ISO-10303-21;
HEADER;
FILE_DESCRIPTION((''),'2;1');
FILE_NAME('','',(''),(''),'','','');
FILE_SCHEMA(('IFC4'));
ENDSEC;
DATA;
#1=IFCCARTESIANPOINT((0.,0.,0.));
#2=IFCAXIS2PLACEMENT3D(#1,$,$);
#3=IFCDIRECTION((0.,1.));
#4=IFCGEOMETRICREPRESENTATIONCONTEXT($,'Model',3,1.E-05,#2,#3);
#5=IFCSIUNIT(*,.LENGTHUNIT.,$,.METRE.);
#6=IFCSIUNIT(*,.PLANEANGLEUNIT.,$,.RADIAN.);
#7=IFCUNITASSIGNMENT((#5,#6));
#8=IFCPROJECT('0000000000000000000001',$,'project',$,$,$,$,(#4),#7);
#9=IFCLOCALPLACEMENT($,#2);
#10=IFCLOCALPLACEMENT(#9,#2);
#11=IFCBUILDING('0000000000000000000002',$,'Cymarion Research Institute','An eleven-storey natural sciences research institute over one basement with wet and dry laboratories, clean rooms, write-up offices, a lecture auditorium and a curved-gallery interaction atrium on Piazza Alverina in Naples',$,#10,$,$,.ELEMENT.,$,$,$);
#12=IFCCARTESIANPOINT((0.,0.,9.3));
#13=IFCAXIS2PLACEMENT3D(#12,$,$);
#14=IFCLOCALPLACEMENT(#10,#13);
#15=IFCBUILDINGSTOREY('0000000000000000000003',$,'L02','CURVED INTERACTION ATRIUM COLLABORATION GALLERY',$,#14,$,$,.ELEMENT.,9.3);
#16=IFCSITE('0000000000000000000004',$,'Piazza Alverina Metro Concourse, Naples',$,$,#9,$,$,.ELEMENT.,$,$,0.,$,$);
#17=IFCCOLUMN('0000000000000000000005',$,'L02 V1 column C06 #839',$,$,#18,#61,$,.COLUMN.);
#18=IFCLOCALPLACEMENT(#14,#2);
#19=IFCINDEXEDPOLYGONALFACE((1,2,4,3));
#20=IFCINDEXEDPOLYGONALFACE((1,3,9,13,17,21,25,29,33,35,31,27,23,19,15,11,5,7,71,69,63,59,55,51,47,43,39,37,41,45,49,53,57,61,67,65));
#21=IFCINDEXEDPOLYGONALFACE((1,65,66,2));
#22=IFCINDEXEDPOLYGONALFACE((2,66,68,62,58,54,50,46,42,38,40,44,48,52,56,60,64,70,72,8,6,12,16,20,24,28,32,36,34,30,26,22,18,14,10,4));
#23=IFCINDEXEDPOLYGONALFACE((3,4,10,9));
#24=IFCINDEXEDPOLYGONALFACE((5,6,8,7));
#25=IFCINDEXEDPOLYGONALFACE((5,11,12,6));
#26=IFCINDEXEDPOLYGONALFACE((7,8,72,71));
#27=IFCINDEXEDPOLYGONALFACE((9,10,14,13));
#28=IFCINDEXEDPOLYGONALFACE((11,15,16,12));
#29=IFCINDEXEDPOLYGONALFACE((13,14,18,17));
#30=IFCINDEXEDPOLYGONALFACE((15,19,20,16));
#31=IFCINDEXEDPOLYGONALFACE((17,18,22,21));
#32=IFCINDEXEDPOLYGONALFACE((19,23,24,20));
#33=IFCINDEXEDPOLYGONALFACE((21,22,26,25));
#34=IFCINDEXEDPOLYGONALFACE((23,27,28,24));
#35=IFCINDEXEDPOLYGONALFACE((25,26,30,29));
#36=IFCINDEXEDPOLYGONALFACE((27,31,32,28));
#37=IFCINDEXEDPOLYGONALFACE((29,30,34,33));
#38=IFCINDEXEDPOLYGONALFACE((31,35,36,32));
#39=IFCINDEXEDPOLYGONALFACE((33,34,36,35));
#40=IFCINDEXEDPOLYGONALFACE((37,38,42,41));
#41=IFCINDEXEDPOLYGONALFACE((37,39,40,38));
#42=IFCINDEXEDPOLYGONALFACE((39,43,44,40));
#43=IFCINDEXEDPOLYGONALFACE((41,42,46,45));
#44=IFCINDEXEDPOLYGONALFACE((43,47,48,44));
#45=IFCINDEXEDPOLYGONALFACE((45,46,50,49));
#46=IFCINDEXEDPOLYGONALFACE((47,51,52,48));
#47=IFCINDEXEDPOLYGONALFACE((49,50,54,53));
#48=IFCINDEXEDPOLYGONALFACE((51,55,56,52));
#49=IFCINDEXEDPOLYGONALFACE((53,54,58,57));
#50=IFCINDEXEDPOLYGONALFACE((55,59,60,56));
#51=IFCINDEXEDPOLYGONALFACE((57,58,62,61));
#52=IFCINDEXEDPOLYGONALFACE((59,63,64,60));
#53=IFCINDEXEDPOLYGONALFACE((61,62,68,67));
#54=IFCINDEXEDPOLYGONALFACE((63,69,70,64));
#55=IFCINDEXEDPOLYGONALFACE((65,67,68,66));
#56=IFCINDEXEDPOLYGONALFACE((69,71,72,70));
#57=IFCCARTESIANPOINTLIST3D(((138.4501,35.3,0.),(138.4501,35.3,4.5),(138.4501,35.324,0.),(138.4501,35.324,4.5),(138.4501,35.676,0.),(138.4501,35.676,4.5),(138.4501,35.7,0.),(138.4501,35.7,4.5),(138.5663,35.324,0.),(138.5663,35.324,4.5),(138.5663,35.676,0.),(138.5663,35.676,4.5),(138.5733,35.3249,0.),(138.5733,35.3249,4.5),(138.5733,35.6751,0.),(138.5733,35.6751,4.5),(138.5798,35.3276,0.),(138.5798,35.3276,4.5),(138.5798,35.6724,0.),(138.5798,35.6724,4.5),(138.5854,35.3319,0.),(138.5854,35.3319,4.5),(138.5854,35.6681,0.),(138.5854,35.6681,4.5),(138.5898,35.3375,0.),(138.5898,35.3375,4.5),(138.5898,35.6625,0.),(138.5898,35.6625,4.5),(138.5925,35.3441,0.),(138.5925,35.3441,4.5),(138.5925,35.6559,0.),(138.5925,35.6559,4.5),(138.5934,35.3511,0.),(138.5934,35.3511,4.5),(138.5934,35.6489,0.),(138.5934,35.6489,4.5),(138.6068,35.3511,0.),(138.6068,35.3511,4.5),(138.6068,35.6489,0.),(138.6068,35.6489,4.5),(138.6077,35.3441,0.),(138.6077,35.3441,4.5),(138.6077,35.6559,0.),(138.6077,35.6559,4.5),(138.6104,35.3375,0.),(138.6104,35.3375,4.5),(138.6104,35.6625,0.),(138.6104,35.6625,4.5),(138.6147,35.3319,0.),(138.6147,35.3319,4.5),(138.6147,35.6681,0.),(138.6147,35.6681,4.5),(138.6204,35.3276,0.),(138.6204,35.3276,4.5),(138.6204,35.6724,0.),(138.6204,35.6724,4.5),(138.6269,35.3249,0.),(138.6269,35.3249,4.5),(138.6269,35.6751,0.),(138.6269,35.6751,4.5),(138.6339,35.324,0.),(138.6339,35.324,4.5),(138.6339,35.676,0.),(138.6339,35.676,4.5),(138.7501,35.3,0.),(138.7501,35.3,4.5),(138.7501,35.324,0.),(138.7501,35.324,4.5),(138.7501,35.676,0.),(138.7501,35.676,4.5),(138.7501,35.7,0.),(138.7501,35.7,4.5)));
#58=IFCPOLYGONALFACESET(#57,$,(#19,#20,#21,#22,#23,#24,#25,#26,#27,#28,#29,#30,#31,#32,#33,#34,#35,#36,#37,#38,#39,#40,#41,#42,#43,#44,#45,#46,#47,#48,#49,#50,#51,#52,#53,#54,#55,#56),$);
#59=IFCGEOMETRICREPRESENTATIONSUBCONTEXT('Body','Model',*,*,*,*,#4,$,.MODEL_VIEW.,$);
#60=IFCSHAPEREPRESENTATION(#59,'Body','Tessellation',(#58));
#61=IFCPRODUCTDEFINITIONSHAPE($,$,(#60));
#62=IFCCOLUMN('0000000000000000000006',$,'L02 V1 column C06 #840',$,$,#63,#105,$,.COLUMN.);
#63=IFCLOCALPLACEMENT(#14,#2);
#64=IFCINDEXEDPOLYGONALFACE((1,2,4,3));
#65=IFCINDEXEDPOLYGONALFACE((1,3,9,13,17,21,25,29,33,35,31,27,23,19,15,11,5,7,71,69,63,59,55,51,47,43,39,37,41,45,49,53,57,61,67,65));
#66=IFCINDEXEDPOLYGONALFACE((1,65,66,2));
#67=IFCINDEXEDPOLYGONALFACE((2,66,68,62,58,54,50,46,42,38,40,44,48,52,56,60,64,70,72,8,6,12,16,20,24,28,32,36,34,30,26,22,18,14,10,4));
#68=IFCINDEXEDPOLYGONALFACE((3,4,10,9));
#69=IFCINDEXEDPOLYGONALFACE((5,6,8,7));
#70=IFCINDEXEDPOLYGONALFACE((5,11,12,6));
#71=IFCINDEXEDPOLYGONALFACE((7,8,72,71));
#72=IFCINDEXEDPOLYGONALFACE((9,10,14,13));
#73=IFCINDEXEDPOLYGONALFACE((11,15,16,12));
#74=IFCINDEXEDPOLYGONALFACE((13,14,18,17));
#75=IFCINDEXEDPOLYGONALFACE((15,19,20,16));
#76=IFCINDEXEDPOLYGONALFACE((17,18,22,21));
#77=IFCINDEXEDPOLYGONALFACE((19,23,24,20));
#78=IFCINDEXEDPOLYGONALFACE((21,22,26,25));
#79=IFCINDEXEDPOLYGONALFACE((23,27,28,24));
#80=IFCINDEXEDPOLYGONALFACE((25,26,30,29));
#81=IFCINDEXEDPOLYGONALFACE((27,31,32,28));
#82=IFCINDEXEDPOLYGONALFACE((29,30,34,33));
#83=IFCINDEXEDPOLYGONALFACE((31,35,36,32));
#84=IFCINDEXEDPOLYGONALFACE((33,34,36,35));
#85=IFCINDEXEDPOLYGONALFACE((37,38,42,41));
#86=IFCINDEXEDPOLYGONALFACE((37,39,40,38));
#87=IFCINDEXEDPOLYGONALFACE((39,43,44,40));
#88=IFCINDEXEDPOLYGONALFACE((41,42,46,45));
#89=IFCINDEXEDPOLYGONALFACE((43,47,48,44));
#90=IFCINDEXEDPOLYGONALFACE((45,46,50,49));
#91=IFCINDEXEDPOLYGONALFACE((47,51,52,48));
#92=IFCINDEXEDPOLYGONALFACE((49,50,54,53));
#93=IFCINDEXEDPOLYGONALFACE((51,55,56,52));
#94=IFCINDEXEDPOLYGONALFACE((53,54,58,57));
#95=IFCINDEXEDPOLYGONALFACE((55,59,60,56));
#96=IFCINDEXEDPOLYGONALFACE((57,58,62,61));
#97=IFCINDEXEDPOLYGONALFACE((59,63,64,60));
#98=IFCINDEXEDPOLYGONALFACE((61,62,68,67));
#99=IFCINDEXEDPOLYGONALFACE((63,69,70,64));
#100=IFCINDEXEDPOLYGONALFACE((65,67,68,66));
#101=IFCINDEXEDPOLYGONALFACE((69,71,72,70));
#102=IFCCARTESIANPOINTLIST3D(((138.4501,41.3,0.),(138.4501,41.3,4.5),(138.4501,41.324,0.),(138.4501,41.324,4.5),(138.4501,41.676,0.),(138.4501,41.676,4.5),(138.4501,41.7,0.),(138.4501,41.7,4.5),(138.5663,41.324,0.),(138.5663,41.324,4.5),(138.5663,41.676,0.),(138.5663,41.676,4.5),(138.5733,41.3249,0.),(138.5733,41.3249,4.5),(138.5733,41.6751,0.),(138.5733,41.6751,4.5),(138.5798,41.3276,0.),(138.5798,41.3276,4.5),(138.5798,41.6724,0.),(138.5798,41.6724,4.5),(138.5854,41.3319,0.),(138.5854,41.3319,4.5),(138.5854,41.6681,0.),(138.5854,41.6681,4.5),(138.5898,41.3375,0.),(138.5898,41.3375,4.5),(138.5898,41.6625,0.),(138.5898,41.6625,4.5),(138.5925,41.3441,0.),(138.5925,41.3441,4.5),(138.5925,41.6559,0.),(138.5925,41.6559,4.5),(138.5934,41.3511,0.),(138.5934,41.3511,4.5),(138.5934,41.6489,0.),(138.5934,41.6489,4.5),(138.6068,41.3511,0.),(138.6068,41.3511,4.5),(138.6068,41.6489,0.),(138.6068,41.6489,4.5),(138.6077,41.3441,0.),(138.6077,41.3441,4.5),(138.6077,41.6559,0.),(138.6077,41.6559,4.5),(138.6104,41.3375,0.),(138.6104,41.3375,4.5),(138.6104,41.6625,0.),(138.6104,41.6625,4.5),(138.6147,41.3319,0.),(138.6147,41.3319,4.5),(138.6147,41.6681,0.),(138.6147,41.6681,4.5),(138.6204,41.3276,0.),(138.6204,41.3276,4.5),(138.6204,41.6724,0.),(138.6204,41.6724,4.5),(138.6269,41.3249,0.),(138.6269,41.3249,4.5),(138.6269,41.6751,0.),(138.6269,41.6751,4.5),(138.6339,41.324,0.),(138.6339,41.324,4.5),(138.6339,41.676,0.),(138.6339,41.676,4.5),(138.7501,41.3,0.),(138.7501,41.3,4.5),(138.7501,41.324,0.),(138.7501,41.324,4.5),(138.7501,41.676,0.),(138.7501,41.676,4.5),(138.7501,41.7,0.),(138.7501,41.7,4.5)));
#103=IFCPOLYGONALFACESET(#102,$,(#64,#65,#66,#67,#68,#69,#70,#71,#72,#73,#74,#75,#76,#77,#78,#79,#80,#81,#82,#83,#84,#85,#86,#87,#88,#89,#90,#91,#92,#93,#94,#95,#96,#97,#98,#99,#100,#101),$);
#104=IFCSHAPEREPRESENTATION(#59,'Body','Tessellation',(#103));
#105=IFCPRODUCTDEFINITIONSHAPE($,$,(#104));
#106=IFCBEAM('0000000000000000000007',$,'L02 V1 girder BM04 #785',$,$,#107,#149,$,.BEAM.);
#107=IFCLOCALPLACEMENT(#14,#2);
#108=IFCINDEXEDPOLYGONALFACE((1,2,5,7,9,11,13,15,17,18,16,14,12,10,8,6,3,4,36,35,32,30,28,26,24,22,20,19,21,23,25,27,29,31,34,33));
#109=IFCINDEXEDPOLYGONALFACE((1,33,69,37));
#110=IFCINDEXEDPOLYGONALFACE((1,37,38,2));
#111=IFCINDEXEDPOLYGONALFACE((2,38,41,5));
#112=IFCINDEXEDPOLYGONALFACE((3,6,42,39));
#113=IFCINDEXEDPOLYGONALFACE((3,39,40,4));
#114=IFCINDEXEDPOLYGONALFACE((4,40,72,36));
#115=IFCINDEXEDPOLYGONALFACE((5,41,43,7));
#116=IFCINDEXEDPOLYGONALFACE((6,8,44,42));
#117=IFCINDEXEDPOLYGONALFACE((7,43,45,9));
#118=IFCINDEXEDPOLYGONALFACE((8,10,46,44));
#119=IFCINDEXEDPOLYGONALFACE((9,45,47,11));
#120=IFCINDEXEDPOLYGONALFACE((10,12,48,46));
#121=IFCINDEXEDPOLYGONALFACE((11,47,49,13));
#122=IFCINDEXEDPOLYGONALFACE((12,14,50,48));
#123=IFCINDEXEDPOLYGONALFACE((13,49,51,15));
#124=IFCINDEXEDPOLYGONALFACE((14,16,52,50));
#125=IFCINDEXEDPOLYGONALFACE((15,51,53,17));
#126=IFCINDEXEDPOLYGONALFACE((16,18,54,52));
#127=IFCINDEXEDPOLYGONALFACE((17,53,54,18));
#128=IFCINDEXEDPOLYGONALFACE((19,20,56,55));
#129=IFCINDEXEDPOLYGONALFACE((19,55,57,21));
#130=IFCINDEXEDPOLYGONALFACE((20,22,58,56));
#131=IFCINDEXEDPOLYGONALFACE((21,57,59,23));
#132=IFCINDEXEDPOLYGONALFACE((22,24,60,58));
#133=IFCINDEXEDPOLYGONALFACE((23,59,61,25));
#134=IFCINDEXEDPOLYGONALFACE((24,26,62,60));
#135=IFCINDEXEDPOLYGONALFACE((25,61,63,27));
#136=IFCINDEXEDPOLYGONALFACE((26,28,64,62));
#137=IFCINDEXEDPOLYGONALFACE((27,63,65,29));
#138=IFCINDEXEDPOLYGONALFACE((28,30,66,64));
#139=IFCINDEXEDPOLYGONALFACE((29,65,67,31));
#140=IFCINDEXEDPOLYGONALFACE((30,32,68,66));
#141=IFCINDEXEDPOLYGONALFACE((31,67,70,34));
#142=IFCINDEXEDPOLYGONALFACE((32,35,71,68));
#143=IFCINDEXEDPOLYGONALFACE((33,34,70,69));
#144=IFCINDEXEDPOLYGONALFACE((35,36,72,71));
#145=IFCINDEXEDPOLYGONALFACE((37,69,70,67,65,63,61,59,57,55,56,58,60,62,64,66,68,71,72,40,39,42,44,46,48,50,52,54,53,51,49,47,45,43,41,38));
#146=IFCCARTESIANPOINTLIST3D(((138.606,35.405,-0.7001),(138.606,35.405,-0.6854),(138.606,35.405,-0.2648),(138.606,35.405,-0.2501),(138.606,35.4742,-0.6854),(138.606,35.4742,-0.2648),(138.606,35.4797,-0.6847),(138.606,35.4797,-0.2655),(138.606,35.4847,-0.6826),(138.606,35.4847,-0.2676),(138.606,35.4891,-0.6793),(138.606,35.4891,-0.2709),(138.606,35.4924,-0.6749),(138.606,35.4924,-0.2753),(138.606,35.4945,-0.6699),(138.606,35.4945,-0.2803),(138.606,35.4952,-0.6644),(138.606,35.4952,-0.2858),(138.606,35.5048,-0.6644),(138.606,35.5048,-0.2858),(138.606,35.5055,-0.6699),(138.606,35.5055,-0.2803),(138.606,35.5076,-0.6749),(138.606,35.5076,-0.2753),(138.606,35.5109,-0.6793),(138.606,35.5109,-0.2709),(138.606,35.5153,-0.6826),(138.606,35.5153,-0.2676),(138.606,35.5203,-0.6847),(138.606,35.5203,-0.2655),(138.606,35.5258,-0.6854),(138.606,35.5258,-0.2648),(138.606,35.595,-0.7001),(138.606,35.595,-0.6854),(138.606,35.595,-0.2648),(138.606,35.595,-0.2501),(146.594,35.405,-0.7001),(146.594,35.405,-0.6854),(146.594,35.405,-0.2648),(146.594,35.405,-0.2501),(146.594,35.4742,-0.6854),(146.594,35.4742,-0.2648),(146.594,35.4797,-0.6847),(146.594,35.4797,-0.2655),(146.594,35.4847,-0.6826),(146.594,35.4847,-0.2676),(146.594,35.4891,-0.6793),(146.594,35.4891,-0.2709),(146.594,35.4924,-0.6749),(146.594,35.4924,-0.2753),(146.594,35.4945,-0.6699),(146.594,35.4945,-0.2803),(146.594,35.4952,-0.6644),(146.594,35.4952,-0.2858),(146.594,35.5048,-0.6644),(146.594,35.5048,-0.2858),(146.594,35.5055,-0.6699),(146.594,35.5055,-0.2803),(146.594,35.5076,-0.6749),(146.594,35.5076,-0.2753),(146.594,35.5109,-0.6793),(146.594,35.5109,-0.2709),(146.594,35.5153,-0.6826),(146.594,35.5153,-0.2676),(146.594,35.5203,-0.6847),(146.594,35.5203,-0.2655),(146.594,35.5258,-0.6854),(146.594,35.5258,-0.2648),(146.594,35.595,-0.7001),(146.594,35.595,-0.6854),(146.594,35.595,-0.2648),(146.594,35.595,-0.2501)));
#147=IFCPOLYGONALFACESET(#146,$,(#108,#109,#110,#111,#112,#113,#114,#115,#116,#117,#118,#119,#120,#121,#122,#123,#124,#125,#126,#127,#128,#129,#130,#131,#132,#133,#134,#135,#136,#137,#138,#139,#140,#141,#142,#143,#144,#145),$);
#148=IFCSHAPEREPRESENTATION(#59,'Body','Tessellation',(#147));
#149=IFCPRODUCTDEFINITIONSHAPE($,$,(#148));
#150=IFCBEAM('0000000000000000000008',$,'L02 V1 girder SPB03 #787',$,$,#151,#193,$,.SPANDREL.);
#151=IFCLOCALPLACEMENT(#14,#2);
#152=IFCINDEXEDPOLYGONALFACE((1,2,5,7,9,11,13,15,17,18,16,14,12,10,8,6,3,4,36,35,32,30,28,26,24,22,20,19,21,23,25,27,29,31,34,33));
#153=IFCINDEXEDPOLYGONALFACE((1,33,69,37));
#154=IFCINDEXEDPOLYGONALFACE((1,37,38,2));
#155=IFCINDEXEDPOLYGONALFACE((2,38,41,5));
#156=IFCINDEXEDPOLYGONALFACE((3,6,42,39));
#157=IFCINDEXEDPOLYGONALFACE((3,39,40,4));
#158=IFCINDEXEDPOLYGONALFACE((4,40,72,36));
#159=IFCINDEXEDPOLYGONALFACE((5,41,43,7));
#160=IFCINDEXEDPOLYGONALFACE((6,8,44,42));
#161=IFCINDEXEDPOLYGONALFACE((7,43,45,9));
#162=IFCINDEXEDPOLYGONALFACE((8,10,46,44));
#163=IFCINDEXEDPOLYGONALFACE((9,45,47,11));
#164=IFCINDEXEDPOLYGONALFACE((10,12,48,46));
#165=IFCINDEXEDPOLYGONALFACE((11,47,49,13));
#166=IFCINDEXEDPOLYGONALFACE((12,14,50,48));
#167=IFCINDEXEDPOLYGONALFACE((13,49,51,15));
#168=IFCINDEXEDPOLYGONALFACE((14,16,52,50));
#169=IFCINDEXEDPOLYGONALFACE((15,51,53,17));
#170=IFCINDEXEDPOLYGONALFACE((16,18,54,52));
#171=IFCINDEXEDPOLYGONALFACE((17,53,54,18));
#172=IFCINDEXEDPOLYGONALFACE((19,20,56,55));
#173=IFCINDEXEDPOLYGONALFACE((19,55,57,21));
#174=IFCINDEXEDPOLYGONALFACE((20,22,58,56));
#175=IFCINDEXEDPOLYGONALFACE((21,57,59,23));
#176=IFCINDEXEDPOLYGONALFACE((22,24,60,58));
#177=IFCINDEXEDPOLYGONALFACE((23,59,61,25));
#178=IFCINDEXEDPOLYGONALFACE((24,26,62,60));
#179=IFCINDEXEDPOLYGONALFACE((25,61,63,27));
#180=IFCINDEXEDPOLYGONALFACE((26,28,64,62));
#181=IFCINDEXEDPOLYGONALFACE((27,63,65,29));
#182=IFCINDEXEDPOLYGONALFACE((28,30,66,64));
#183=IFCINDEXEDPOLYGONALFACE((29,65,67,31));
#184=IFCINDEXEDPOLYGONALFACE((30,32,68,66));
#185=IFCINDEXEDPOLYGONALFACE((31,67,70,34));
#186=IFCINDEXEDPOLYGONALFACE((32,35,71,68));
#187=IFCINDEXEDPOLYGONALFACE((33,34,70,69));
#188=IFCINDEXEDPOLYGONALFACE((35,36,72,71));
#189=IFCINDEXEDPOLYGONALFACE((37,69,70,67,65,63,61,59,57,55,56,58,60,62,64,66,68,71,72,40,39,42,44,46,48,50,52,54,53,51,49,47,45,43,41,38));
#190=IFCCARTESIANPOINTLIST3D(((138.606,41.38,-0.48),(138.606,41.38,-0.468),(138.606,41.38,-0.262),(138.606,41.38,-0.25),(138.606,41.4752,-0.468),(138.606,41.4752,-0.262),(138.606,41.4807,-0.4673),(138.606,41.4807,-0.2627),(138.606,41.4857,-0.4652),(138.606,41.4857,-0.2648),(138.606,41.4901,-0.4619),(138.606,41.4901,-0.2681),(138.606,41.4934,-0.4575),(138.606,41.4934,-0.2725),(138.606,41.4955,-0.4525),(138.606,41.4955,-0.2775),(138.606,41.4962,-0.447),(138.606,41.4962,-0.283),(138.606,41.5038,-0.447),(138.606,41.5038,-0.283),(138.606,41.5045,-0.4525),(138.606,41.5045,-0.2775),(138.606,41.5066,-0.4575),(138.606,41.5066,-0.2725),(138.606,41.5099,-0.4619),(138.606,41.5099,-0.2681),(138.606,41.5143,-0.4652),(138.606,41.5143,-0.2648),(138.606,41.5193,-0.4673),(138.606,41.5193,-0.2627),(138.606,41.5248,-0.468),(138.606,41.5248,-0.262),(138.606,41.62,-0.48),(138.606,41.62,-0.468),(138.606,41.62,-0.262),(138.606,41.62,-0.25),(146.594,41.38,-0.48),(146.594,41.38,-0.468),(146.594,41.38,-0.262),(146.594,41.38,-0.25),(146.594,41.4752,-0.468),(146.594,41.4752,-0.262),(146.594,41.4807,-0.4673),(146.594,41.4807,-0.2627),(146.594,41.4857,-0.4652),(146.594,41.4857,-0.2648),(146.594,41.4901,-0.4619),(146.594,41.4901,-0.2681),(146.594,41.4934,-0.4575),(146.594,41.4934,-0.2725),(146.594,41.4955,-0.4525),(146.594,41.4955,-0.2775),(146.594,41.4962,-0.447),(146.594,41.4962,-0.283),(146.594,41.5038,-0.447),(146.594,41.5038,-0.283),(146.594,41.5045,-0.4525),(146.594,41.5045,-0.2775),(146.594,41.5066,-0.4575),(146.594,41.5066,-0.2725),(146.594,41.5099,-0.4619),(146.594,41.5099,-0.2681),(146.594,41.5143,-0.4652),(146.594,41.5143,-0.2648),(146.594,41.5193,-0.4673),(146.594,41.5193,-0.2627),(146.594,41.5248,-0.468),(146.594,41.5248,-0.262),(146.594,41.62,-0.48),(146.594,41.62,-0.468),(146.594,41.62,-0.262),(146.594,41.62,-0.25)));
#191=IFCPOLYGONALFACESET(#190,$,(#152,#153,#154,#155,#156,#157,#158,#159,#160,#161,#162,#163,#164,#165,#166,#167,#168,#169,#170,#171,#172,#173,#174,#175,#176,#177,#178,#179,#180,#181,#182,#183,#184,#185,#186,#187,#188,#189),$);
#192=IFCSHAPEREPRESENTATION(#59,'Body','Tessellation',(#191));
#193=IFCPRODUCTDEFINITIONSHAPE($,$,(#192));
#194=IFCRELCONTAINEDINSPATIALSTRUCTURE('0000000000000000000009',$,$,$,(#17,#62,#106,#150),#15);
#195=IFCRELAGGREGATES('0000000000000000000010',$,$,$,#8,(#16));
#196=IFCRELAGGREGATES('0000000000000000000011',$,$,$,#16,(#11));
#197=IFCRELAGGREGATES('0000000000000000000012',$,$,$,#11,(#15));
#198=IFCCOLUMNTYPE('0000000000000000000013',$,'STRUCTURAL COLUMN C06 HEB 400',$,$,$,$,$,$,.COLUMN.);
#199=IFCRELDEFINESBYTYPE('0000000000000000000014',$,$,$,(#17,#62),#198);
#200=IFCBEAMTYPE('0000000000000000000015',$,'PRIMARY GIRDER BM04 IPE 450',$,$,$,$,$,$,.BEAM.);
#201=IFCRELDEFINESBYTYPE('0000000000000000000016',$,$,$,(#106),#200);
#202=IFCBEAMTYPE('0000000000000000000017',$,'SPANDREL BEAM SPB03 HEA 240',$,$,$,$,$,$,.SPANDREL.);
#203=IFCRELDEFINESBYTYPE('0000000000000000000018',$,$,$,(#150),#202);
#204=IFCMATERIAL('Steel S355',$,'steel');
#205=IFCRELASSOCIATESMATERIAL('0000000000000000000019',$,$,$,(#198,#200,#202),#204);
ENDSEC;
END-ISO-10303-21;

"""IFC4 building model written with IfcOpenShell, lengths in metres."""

from ifc_helpers import new_model, si_unit, direction, frame, origin, origin_2d, place, context, subcontext, project, spatial, i_section, extrude, material, material_profile, profile_set, type_object, element, save


model = new_model("IFC4")

# Units and contexts
model_context = context("Model", 3, precision=1e-05, world=origin(), true_north=direction((0.0, 1.0)))
body_context = subcontext(model_context, "Body", "Model", "MODEL_VIEW")
ifc_project = project(units=[si_unit("LENGTHUNIT", "METRE"), si_unit("PLANEANGLEUNIT", "RADIAN")], contexts=[model_context])

# Site, building, storey
site_placement = place(None, origin())
site = spatial("IfcSite", under=ifc_project, at=site_placement, Name="Piazza Alverina Metro Concourse, Naples", CompositionType="ELEMENT", RefElevation=0.0)
building_placement = place(site_placement, origin())
building = spatial("IfcBuilding", under=site, at=building_placement, Name="Cymarion Research Institute", Description="An eleven-storey natural sciences research institute over one basement with wet and dry laboratories, clean rooms, write-up offices, a lecture auditorium and a curved-gallery interaction atrium on Piazza Alverina in Naples", CompositionType="ELEMENT")
storey_placement = place(building_placement, frame((0.0, 0.0, 9.3)))
storey = spatial("IfcBuildingStorey", under=building, at=storey_placement, Name="L02", Description="CURVED INTERACTION ATRIUM COLLABORATION GALLERY", CompositionType="ELEMENT", Elevation=9.3)

# Columns
ifc_material_1 = material(Name="Steel S355", Category="steel")
ifc_material_profile_1 = material_profile(ifc_material_1, i_section(OverallWidth=0.3, OverallDepth=0.3999, WebThickness=0.0134, FlangeThickness=0.0239, FilletRadius=0.0271, at=origin_2d()), Name="HEB 400")
ifc_profile_set_1 = profile_set([ifc_material_profile_1], Name="Steel S355")
column_type = type_object("IfcColumnType", Name="STRUCTURAL COLUMN C06 HEB 400", PredefinedType="COLUMN", material=ifc_profile_set_1)
for number, where, z_axis, x_axis, name in (
    (1, (138.6001, 35.5, 0.0), (0.0, 0.0, 1.0), (1.0, 0.0, 0.0), "L02 V1 column C06 #839"),
    (2, (138.6001, 41.5, 0.0), (0.0, 0.0, 1.0), (1.0, 0.0, 0.0), "L02 V1 column C06 #840"),
):
    element("IfcColumn", number, at=place(storey_placement, frame(where, z_axis=z_axis, x_axis=x_axis)), inside=storey, type_object=column_type, Name=name, PredefinedType="COLUMN", context=body_context, shape_type="SweptSolid", body=[
        extrude(i_section(OverallWidth=0.3, OverallDepth=0.3999, WebThickness=0.0134, FlangeThickness=0.0239, FilletRadius=0.0271, at=origin_2d()), origin(), (0.0, 0.0, 1.0), 4.5),
    ])

# Beams
ifc_material_profile_2 = material_profile(ifc_material_1, i_section(OverallWidth=0.1899, OverallDepth=0.45, WebThickness=0.0095, FlangeThickness=0.0146, FilletRadius=0.021, at=origin_2d()), Name="IPE 450")
ifc_profile_set_2 = profile_set([ifc_material_profile_2], Name="Steel S355")
beam_type_1 = type_object("IfcBeamType", Name="PRIMARY GIRDER BM04 IPE 450", PredefinedType="BEAM", material=ifc_profile_set_2)
beam_1_placement = place(storey_placement, frame((138.606, 35.5, -0.4751), z_axis=(1.0, 0.0, 0.0), x_axis=(0.0, 1.0, 0.0)))
element("IfcBeam", 3, at=beam_1_placement, inside=storey, type_object=beam_type_1, Name="L02 V1 girder BM04 #785", PredefinedType="BEAM", context=body_context, shape_type="SweptSolid", body=[
    extrude(i_section(OverallWidth=0.1899, OverallDepth=0.45, WebThickness=0.0095, FlangeThickness=0.0146, FilletRadius=0.021, at=origin_2d()), origin(), (0.0, 0.0, 1.0), 7.988),
])
ifc_material_profile_3 = material_profile(ifc_material_1, i_section(OverallWidth=0.24, OverallDepth=0.23, WebThickness=0.0076, FlangeThickness=0.012, FilletRadius=0.021, at=origin_2d()), Name="HEA 240")
ifc_profile_set_3 = profile_set([ifc_material_profile_3], Name="Steel S355")
beam_type_2 = type_object("IfcBeamType", Name="SPANDREL BEAM SPB03 HEA 240", PredefinedType="SPANDREL", material=ifc_profile_set_3)
beam_2_placement = place(storey_placement, frame((138.606, 41.5, -0.365), z_axis=(1.0, 0.0, 0.0), x_axis=(0.0, 1.0, 0.0)))
element("IfcBeam", 4, at=beam_2_placement, inside=storey, type_object=beam_type_2, Name="L02 V1 girder SPB03 #787", PredefinedType="SPANDREL", context=body_context, shape_type="SweptSolid", body=[
    extrude(i_section(OverallWidth=0.24, OverallDepth=0.23, WebThickness=0.0076, FlangeThickness=0.012, FilletRadius=0.021, at=origin_2d()), origin(), (0.0, 0.0, 1.0), 7.988),
])

save(model, "model.ifc")
